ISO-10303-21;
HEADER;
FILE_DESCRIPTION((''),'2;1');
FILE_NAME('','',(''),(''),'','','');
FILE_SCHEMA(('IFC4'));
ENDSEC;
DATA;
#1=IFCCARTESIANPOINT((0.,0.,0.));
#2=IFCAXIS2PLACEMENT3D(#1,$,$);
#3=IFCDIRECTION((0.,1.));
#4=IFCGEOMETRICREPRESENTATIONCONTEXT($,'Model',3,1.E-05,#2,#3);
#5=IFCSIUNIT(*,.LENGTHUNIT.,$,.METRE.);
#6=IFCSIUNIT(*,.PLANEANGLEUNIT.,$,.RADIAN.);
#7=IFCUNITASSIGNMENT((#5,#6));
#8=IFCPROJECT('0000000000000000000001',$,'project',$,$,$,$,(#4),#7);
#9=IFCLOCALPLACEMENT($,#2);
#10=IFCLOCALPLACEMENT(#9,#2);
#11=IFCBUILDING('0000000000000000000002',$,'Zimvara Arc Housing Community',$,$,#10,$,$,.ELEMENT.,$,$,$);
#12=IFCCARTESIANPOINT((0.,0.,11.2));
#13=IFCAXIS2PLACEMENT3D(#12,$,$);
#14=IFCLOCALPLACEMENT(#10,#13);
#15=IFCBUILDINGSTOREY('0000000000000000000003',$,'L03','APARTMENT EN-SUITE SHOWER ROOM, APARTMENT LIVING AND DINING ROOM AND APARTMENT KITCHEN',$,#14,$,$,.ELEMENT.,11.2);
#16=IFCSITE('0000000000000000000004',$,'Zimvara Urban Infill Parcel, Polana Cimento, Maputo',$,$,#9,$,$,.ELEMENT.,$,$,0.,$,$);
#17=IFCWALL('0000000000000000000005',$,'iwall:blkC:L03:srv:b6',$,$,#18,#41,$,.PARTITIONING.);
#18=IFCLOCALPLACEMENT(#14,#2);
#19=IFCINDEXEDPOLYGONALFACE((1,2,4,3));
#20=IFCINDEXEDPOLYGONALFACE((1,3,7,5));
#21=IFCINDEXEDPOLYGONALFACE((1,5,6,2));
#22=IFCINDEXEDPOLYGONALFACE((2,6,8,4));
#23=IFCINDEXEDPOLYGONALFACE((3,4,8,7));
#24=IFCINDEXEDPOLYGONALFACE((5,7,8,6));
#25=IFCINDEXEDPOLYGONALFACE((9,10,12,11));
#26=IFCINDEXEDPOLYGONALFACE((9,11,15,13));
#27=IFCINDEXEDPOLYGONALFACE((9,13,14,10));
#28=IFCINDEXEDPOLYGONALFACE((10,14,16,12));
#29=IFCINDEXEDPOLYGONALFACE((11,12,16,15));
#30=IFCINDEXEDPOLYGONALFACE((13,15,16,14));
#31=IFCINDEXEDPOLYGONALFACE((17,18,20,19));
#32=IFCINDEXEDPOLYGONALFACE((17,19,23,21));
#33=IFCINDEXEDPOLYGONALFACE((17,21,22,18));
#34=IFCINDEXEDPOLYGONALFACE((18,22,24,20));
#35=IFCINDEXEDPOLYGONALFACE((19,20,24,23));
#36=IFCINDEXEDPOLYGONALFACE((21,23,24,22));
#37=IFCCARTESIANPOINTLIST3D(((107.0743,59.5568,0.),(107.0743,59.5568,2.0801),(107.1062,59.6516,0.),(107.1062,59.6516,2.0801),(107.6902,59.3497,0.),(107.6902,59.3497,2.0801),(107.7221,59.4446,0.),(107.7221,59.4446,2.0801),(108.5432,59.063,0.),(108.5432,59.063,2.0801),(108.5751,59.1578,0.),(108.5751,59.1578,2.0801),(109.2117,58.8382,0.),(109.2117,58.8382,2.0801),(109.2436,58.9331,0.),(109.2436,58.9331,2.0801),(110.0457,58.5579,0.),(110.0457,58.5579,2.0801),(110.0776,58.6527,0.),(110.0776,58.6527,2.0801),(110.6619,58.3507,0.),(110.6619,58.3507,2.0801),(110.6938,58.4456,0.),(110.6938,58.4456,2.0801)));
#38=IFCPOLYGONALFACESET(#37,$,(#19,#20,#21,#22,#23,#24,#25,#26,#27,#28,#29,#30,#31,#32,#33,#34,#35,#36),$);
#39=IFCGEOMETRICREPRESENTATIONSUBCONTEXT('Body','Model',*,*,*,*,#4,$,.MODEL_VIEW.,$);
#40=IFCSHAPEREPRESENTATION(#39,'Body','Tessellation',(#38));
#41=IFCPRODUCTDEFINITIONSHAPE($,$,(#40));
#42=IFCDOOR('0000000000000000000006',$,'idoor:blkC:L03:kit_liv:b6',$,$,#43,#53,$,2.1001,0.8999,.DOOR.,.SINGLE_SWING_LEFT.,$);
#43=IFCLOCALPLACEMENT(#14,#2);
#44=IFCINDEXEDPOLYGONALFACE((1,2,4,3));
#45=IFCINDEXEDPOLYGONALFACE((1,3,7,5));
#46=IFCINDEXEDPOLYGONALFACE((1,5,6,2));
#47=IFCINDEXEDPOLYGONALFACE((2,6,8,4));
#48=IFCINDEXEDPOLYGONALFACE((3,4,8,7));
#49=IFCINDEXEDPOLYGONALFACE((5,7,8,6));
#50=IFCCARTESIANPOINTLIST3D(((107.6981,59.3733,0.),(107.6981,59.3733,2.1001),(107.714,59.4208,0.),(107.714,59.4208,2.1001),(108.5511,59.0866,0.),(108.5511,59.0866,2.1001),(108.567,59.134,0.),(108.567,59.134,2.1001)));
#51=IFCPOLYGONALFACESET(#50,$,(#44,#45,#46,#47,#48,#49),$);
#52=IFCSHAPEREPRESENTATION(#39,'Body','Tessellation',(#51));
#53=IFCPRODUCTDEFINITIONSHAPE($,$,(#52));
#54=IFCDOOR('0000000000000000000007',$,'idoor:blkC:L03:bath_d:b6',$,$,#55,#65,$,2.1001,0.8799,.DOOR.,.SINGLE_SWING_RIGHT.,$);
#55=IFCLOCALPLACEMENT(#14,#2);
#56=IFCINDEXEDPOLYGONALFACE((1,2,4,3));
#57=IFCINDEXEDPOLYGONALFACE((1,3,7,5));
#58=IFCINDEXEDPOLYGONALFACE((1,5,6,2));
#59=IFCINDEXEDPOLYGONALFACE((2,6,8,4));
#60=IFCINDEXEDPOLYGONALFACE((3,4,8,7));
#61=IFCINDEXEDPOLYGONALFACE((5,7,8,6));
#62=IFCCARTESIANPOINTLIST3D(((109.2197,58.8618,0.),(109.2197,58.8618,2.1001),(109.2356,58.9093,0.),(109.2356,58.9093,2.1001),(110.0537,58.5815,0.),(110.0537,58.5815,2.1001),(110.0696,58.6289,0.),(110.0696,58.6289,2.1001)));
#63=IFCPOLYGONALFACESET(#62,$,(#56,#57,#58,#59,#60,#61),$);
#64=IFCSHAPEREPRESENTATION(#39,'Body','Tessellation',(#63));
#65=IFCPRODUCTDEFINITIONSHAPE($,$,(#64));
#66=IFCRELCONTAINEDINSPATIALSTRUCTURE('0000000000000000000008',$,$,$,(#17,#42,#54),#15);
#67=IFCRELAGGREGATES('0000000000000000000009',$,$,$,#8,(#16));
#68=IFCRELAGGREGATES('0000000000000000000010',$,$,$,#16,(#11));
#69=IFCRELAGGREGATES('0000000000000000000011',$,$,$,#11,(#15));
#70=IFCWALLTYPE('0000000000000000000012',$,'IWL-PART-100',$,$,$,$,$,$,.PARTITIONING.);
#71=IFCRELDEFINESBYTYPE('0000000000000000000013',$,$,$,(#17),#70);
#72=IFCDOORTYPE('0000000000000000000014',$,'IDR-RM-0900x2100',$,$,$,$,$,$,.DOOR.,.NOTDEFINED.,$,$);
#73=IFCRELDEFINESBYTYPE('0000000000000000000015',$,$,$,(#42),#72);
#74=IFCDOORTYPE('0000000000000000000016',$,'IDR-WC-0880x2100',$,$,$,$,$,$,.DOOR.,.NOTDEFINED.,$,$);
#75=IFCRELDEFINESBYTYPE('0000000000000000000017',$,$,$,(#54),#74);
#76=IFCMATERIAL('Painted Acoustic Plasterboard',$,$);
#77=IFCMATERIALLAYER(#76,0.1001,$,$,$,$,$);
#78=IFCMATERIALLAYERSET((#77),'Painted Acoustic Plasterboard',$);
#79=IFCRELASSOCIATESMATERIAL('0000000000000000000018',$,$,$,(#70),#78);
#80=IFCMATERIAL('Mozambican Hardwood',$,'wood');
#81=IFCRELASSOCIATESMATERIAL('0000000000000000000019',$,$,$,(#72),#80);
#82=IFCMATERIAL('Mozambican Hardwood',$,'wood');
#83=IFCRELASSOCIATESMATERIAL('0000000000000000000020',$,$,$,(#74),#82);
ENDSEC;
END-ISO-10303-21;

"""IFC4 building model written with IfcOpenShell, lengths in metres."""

from ifc_helpers import new_model, si_unit, direction, frame, frame_2d, origin, place, context, subcontext, project, spatial, rectangle, extrude, material, layer, layer_set, type_object, element, fill, save


model = new_model("IFC4")

# Units and contexts
model_context = context("Model", 3, precision=1e-05, world=origin(), true_north=direction((0.0, 1.0)))
body_context = subcontext(model_context, "Body", "Model", "MODEL_VIEW")
ifc_project = project(units=[si_unit("LENGTHUNIT", "METRE"), si_unit("PLANEANGLEUNIT", "RADIAN")], contexts=[model_context])

# Site, building, storey
site_placement = place(None, origin())
site = spatial("IfcSite", under=ifc_project, at=site_placement, Name="Zimvara Urban Infill Parcel, Polana Cimento, Maputo", CompositionType="ELEMENT", RefElevation=0.0)
building_placement = place(site_placement, origin())
building = spatial("IfcBuilding", under=site, at=building_placement, Name="Zimvara Arc Housing Community", CompositionType="ELEMENT")
storey_placement = place(building_placement, frame((0.0, 0.0, 11.2)))
storey = spatial("IfcBuildingStorey", under=building, at=storey_placement, Name="L03", Description="APARTMENT EN-SUITE SHOWER ROOM, APARTMENT LIVING AND DINING ROOM AND APARTMENT KITCHEN", CompositionType="ELEMENT", Elevation=11.2)

# Wall, openings, doors
ifc_material_1 = material(Name="Painted Acoustic Plasterboard")
ifc_layer_1 = layer(ifc_material_1, 0.1001)
ifc_layer_set_1 = layer_set([ifc_layer_1], Name="Painted Acoustic Plasterboard")
wall_type_1 = type_object("IfcWallType", Name="IWL-PART-100", PredefinedType="PARTITIONING", material=ifc_layer_set_1)
wall_1_placement = place(storey_placement, frame((107.0901, 59.6042, 0.0), z_axis=(0.0, 0.0, 1.0), x_axis=(0.947874, -0.318646, 0.0)))
wall_1 = element("IfcWall", 1, at=wall_1_placement, inside=storey, type_object=wall_type_1, Name="iwall:blkC:L03:srv:b6", PredefinedType="PARTITIONING", context=body_context, shape_type="SweptSolid", body=[
    extrude(rectangle(XDim=3.7849, YDim=0.1001, at=frame_2d((1.8926, 0.0))), origin(), (0.0, 0.0, 1.0), 2.0801),
])
opening_1_placement = place(wall_1_placement, frame((0.6499, 0.0, 0.0)))
opening_1 = element("IfcOpeningElement", 2, at=opening_1_placement, cuts=wall_1, PredefinedType="OPENING", context=body_context, shape_type="SweptSolid", body=[
    extrude(rectangle(XDim=0.8999, YDim=2.1001, at=frame_2d((0.45, 1.05))), frame((0.0, 0.0601, 0.0), z_axis=(0.0, -1.0, 0.0), x_axis=(1.0, 0.0, 0.0)), (0.0, 0.0, 1.0), 0.1201),
])
opening_2_placement = place(wall_1_placement, frame((2.2551, 0.0, 0.0)))
opening_2 = element("IfcOpeningElement", 3, at=opening_2_placement, cuts=wall_1, PredefinedType="OPENING", context=body_context, shape_type="SweptSolid", body=[
    extrude(rectangle(XDim=0.8799, YDim=2.1001, at=frame_2d((0.4399, 1.05))), frame((0.0, 0.0601, 0.0), z_axis=(0.0, -1.0, 0.0), x_axis=(1.0, 0.0, 0.0)), (0.0, 0.0, 1.0), 0.1201),
])
ifc_material_2 = material(Name="Mozambican Hardwood", Category="wood")
door_type_1 = type_object("IfcDoorType", Name="IDR-RM-0900x2100", OperationType="NOTDEFINED", PredefinedType="DOOR", material=ifc_material_2)
door_1_placement = place(opening_1_placement, origin())
door_1 = element("IfcDoor", 4, at=door_1_placement, inside=storey, type_object=door_type_1, Name="idoor:blkC:L03:kit_liv:b6", OperationType="SINGLE_SWING_LEFT", OverallHeight=2.1001, OverallWidth=0.8999, PredefinedType="DOOR", context=body_context, shape_type="SweptSolid", body=[
    extrude(rectangle(XDim=0.8999, YDim=2.1001, at=frame_2d((0.45, 1.05))), frame((0.0, 0.0249, 0.0), z_axis=(0.0, -1.0, 0.0), x_axis=(1.0, 0.0, 0.0)), (0.0, 0.0, 1.0), 0.05),
])
fill(opening_1, door_1)
ifc_material_3 = material(Name="Mozambican Hardwood", Category="wood")
door_type_2 = type_object("IfcDoorType", Name="IDR-WC-0880x2100", OperationType="NOTDEFINED", PredefinedType="DOOR", material=ifc_material_3)
door_2_placement = place(opening_2_placement, origin())
door_2 = element("IfcDoor", 5, at=door_2_placement, inside=storey, type_object=door_type_2, Name="idoor:blkC:L03:bath_d:b6", OperationType="SINGLE_SWING_RIGHT", OverallHeight=2.1001, OverallWidth=0.8799, PredefinedType="DOOR", context=body_context, shape_type="SweptSolid", body=[
    extrude(rectangle(XDim=0.8799, YDim=2.1001, at=frame_2d((0.4399, 1.05))), frame((0.0, 0.0249, 0.0), z_axis=(0.0, -1.0, 0.0), x_axis=(1.0, 0.0, 0.0)), (0.0, 0.0, 1.0), 0.05),
])
fill(opening_2, door_2)

save(model, "model.ifc")
